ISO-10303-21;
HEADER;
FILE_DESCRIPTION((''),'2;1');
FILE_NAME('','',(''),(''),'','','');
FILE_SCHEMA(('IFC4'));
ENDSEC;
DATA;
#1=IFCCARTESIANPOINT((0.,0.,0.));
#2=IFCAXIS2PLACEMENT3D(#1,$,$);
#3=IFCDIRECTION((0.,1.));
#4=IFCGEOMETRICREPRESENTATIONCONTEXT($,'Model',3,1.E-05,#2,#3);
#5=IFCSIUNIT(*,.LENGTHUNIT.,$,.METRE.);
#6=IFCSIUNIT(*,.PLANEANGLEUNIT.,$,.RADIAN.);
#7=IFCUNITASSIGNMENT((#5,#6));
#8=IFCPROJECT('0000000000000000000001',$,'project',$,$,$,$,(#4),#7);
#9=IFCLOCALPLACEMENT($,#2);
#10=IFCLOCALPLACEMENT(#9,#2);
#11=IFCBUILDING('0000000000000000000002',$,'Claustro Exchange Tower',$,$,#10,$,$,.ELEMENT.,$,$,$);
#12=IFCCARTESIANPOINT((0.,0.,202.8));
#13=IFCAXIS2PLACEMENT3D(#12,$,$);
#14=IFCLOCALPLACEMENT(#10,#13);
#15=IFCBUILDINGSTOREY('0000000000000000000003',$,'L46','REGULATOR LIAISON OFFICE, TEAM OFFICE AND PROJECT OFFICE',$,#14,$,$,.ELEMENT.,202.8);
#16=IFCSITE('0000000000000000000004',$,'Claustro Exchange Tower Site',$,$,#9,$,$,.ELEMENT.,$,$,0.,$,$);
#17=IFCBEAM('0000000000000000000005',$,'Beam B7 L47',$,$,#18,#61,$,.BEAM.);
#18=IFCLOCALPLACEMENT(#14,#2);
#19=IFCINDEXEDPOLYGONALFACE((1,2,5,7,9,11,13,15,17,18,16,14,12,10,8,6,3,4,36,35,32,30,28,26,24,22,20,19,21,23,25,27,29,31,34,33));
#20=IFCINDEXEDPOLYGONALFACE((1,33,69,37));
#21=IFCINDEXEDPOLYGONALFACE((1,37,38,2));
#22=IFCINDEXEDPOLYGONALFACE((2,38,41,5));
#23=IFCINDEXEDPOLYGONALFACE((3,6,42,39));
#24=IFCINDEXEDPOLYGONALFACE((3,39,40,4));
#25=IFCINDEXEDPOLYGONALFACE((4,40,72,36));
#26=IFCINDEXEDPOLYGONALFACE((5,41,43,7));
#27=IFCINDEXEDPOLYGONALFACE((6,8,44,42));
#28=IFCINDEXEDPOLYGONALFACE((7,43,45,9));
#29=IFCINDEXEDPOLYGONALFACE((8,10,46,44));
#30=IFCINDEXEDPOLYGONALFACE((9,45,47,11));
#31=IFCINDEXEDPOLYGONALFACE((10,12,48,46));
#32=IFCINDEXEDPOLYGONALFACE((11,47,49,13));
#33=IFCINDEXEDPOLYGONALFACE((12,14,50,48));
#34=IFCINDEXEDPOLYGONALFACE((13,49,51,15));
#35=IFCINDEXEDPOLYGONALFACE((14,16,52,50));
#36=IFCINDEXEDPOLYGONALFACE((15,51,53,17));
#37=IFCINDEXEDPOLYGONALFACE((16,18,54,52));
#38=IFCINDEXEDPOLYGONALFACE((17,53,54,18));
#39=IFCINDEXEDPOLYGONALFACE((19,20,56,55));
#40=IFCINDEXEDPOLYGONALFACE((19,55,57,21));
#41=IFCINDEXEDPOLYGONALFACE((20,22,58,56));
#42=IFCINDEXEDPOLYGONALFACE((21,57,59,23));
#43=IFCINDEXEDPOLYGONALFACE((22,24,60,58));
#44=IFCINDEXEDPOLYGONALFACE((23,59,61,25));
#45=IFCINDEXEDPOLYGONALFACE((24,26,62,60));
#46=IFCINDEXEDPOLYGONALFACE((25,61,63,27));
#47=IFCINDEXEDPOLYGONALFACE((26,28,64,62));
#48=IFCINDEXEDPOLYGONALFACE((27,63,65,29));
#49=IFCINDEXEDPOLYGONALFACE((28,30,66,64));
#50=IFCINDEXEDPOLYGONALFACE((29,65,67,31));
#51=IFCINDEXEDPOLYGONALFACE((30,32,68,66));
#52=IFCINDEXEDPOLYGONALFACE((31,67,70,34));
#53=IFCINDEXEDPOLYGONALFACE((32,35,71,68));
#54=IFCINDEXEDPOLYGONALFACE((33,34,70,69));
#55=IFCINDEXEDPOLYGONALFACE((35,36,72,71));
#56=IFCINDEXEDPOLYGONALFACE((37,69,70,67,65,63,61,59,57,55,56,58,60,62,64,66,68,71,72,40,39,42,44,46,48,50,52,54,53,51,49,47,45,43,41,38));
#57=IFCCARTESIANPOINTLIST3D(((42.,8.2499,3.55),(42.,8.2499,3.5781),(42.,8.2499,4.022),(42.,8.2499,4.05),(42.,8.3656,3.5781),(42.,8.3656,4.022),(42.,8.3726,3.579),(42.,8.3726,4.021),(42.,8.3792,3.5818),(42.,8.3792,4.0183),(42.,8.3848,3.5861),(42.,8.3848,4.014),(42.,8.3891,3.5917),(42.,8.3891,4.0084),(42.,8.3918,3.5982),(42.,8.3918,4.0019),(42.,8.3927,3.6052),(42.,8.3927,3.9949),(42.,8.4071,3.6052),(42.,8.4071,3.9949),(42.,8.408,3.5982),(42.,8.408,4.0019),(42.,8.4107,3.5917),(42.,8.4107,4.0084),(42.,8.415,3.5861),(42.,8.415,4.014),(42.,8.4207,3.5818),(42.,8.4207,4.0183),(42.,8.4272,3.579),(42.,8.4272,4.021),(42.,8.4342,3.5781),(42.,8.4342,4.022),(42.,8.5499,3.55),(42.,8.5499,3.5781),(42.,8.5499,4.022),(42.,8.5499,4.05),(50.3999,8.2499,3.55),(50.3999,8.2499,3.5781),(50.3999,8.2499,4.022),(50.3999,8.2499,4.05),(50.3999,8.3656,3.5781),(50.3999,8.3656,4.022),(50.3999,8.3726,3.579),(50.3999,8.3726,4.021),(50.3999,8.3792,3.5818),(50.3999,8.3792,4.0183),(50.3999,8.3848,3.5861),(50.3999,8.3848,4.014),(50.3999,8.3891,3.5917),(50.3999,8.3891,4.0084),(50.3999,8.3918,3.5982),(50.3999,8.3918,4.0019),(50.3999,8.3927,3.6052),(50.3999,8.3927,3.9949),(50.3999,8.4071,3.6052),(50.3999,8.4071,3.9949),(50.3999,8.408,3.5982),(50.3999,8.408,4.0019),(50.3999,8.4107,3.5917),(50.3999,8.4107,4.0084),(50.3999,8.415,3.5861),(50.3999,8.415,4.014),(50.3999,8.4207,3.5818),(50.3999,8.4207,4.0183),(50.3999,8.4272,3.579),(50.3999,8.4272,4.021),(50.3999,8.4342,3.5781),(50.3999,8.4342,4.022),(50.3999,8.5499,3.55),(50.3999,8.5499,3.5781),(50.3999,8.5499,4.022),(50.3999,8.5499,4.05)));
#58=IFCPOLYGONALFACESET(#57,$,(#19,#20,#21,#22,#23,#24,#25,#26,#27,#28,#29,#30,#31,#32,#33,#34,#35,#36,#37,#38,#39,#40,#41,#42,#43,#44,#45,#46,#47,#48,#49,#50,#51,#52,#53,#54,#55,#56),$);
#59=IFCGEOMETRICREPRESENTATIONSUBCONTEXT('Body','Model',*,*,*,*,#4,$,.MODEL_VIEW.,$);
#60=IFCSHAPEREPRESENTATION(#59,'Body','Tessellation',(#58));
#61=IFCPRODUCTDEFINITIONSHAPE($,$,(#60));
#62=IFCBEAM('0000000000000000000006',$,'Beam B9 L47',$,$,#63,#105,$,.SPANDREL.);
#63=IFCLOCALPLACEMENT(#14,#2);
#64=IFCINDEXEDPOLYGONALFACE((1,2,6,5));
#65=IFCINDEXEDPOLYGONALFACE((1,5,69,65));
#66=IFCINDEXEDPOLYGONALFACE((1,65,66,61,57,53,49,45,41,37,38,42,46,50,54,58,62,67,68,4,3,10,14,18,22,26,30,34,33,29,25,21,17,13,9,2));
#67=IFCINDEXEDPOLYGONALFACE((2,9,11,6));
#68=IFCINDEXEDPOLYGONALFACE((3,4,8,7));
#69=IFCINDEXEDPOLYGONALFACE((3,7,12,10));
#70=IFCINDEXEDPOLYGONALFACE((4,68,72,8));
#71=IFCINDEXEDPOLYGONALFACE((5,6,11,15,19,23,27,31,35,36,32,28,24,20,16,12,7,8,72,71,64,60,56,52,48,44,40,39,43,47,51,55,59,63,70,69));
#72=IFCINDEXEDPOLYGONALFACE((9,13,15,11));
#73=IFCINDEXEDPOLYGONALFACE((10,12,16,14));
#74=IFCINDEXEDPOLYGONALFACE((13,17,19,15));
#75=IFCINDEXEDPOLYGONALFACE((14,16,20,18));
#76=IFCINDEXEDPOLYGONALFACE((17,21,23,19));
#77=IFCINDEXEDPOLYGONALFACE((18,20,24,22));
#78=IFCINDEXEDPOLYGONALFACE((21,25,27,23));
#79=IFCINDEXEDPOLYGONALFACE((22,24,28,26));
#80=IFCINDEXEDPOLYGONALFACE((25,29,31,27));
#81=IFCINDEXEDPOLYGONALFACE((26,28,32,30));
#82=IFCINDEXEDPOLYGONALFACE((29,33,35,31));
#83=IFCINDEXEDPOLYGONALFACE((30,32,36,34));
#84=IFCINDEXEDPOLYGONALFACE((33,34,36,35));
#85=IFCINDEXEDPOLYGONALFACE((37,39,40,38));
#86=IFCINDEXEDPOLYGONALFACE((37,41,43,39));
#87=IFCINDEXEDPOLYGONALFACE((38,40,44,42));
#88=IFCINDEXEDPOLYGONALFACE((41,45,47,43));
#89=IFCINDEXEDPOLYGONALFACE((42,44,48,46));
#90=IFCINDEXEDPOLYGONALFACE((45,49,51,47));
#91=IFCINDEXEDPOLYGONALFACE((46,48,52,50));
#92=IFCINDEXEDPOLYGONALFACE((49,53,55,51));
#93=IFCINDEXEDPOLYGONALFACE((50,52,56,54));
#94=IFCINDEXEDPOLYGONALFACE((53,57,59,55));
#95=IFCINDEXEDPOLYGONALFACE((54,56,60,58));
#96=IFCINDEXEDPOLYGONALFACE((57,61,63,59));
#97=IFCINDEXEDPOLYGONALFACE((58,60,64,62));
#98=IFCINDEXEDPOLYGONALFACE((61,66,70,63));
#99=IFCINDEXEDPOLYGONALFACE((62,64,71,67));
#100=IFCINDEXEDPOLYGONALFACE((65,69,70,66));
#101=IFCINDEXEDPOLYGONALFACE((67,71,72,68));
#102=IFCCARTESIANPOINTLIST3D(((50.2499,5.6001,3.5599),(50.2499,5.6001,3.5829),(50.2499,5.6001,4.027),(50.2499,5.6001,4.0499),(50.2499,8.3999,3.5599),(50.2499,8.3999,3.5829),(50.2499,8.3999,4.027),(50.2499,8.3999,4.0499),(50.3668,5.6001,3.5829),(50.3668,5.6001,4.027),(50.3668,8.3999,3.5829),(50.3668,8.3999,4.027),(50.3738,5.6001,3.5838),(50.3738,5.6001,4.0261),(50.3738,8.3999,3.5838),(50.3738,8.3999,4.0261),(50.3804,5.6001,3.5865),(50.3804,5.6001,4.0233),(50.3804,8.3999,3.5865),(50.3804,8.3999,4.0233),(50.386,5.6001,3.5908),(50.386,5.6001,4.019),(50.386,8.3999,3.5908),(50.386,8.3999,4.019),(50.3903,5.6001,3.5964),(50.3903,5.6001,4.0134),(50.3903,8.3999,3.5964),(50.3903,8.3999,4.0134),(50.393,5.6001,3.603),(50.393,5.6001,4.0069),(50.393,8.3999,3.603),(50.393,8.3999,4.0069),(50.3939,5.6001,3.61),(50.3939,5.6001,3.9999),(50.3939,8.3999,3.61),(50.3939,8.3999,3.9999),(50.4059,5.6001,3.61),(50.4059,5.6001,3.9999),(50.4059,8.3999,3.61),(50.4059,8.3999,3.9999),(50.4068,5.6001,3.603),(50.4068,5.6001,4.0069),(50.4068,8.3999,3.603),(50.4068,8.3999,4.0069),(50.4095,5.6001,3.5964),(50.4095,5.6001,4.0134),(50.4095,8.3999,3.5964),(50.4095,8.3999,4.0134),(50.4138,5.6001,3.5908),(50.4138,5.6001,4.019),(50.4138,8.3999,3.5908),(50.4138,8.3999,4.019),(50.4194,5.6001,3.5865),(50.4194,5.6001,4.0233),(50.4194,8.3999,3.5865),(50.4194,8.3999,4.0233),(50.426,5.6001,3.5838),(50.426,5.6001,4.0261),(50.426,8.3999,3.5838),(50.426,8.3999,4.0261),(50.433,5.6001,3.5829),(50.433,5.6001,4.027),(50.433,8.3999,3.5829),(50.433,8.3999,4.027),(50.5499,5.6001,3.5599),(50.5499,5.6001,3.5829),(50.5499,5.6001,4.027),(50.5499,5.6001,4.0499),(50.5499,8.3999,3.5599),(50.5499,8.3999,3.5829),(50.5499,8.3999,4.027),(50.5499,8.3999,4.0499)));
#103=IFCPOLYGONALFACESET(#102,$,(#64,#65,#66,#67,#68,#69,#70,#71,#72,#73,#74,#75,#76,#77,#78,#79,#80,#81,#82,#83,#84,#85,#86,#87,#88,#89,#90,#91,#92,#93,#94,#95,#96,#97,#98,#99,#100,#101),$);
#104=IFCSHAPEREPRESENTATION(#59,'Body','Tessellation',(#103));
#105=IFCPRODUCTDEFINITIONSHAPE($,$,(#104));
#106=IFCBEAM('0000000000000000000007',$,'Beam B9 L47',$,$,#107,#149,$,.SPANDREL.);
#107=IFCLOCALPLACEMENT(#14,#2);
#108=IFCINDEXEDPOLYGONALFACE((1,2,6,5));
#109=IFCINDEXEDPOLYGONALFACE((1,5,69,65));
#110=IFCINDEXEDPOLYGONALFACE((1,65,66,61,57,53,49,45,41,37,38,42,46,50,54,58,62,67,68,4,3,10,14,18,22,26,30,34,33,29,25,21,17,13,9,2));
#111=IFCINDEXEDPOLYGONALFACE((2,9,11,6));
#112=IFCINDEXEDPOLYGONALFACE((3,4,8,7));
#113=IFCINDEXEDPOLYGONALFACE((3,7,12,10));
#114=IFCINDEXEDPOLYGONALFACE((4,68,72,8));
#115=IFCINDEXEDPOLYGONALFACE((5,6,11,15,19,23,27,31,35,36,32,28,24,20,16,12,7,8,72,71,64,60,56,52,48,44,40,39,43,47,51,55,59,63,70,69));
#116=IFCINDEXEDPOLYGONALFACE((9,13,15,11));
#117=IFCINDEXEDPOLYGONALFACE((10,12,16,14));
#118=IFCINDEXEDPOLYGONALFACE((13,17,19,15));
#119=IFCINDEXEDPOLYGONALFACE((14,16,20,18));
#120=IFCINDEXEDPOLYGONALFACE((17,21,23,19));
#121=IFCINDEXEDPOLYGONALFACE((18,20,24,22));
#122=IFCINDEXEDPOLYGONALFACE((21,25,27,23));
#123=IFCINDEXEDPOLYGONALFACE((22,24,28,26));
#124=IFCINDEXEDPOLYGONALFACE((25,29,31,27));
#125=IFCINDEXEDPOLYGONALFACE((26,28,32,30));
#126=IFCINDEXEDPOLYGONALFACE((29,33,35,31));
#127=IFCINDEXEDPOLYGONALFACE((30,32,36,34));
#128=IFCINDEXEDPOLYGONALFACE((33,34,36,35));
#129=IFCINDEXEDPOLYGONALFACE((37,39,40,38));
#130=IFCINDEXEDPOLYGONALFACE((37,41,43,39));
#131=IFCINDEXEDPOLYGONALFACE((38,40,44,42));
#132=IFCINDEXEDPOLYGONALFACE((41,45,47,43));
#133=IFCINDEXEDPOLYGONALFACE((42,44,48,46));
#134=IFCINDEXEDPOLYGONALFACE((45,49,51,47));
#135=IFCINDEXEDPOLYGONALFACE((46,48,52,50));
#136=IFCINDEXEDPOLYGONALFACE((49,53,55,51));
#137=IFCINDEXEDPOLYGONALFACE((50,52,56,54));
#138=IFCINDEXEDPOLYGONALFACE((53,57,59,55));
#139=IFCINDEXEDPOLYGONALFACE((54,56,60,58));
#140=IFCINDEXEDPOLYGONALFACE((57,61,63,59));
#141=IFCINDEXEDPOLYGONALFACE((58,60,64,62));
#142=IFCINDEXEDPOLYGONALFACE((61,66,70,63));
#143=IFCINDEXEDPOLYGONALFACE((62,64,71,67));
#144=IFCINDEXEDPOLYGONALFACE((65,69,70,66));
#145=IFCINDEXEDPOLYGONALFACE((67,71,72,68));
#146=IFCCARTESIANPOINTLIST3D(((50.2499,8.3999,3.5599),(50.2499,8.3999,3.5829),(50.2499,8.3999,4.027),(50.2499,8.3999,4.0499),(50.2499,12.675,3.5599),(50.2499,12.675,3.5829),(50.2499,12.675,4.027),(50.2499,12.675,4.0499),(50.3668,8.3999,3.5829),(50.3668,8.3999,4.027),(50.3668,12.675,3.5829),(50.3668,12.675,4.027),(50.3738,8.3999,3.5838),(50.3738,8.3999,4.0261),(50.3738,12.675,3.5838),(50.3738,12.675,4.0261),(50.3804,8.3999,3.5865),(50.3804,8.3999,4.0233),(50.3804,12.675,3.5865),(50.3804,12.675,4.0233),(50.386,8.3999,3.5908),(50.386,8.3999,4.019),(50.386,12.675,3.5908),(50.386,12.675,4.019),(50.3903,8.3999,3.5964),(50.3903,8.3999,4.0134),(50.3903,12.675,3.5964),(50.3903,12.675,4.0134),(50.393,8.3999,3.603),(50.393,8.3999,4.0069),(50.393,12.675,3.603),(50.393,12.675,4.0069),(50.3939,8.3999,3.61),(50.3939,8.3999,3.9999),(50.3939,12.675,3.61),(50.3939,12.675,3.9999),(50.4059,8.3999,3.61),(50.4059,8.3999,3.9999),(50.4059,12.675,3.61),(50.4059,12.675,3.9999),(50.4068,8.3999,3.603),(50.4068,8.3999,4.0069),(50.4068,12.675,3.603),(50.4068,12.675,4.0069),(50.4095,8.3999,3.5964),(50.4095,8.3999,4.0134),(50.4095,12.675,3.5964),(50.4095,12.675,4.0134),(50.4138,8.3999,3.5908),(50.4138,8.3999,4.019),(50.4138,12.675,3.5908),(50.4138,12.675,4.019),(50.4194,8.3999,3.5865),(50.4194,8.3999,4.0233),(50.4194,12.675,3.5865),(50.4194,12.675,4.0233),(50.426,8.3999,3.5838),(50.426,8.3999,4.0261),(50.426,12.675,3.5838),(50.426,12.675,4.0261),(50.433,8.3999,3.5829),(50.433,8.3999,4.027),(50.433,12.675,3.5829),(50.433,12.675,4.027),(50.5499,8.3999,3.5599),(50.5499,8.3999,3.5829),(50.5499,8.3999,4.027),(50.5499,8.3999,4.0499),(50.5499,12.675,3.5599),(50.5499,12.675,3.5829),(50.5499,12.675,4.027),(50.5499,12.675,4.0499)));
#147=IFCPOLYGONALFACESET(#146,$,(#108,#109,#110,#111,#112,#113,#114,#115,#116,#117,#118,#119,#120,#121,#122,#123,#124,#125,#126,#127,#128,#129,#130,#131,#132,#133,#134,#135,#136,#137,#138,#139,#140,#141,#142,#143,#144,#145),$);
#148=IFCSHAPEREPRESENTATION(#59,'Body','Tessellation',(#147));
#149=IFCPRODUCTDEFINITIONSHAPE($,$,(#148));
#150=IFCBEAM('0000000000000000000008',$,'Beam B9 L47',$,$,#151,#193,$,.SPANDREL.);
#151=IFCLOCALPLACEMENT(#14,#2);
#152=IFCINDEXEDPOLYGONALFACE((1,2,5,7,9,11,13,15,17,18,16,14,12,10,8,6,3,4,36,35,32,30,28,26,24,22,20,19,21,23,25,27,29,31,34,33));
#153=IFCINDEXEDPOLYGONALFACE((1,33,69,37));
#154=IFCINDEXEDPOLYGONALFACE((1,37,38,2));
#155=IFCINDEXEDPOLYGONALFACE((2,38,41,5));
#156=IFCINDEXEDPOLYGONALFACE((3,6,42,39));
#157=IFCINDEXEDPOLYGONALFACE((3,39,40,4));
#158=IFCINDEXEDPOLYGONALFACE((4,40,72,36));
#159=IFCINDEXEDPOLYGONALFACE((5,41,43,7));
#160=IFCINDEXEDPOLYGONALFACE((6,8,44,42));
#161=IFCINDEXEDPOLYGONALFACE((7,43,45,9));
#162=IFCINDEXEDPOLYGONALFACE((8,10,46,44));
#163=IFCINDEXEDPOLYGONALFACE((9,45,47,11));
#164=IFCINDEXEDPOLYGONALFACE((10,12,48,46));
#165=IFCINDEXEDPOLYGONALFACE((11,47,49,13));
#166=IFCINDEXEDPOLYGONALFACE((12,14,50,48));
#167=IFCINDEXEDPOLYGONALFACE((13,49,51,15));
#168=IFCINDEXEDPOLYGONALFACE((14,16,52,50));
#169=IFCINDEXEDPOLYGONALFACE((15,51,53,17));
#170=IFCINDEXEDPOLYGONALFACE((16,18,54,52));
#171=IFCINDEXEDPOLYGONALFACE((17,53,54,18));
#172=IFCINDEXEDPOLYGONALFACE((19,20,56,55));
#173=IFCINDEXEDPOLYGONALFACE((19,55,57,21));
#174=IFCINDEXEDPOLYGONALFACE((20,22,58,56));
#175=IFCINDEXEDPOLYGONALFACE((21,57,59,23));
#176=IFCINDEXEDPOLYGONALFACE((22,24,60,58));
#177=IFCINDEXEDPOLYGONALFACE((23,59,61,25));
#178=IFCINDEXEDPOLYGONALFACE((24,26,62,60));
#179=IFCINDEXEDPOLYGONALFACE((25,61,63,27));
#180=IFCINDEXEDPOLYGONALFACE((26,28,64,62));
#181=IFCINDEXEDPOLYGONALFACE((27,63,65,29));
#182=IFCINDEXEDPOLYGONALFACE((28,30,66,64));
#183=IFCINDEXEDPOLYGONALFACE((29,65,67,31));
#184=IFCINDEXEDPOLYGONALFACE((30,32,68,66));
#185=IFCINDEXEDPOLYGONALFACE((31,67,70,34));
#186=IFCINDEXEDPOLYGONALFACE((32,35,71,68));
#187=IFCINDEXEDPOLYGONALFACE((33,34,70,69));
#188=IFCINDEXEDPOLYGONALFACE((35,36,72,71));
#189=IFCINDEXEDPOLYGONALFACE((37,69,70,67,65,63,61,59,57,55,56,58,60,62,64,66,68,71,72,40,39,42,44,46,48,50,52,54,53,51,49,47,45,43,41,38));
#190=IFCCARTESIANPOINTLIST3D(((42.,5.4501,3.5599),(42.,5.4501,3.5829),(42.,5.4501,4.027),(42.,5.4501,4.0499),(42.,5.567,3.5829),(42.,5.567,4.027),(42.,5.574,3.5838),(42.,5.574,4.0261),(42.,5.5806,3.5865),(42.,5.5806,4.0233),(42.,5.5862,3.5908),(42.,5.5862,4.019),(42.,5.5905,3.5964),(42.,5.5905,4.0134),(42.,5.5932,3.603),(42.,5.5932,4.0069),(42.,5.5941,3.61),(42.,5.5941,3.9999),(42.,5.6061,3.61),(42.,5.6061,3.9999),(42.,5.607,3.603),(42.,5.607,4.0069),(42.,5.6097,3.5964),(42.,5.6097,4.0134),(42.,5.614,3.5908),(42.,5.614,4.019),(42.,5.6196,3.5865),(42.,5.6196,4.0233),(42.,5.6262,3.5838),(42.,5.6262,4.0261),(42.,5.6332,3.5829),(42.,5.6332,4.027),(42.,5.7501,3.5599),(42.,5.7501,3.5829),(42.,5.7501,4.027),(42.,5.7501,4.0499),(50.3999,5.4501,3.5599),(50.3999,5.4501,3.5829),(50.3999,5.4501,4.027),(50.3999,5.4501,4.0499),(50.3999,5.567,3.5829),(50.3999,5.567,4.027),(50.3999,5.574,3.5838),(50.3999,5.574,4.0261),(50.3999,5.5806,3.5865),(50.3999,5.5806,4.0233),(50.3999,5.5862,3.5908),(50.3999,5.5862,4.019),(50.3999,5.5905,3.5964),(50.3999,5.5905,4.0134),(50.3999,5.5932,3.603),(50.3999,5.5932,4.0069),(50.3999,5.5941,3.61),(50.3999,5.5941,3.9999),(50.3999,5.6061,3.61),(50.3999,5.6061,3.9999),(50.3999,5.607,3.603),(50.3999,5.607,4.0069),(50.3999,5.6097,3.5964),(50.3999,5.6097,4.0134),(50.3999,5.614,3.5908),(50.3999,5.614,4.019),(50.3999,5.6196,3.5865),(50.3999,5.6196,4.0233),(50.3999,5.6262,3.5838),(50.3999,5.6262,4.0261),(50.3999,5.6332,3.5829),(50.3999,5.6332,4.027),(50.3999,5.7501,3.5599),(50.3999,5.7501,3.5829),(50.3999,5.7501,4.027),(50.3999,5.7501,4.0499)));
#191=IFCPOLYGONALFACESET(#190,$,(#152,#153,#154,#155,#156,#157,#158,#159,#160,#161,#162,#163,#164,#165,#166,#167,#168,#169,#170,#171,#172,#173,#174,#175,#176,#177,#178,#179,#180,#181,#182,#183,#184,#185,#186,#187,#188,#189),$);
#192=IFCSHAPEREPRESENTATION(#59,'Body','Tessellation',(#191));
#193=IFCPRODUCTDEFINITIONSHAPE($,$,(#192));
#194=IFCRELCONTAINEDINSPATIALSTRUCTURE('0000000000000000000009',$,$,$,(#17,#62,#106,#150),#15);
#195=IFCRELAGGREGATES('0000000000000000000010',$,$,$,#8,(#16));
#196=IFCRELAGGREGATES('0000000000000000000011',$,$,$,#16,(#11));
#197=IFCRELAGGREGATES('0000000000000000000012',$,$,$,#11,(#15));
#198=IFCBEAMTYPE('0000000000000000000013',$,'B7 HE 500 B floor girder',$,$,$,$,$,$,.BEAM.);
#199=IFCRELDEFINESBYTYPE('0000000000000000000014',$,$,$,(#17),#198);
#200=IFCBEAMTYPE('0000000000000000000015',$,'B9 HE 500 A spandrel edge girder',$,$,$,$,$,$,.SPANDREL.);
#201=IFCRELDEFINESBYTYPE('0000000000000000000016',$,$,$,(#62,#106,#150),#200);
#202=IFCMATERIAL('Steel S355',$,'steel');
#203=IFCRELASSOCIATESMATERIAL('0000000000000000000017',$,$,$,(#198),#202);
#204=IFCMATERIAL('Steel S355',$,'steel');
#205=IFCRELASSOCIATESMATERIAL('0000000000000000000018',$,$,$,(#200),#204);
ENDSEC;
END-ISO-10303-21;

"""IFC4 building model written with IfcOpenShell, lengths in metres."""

from ifc_helpers import new_model, si_unit, direction, frame, origin, origin_2d, place, context, subcontext, project, spatial, i_section, extrude, material, material_profile, profile_set, type_object, element, save


model = new_model("IFC4")

# Units and contexts
model_context = context("Model", 3, precision=1e-05, world=origin(), true_north=direction((0.0, 1.0)))
body_context = subcontext(model_context, "Body", "Model", "MODEL_VIEW")
ifc_project = project(units=[si_unit("LENGTHUNIT", "METRE"), si_unit("PLANEANGLEUNIT", "RADIAN")], contexts=[model_context])

# Site, building, storey
site_placement = place(None, origin())
site = spatial("IfcSite", under=ifc_project, at=site_placement, Name="Claustro Exchange Tower Site", CompositionType="ELEMENT", RefElevation=0.0)
building_placement = place(site_placement, origin())
building = spatial("IfcBuilding", under=site, at=building_placement, Name="Claustro Exchange Tower", CompositionType="ELEMENT")
storey_placement = place(building_placement, frame((0.0, 0.0, 202.8)))
storey = spatial("IfcBuildingStorey", under=building, at=storey_placement, Name="L46", Description="REGULATOR LIAISON OFFICE, TEAM OFFICE AND PROJECT OFFICE", CompositionType="ELEMENT", Elevation=202.8)

# Beams
ifc_material_1 = material(Name="Steel S355", Category="steel")
ifc_material_profile_1 = material_profile(ifc_material_1, i_section(OverallWidth=0.3, OverallDepth=0.5, WebThickness=0.0144, FlangeThickness=0.0281, FilletRadius=0.0271, at=origin_2d()), Name="HE 500 B")
ifc_profile_set_1 = profile_set([ifc_material_profile_1], Name="Steel S355")
beam_type_1 = type_object("IfcBeamType", Name="B7 HE 500 B floor girder", PredefinedType="BEAM", material=ifc_profile_set_1)
beam_1_placement = place(storey_placement, frame((42.0, 8.3999, 3.8), z_axis=(1.0, 0.0, 0.0), x_axis=(0.0, 1.0, 0.0)))
element("IfcBeam", 1, at=beam_1_placement, inside=storey, type_object=beam_type_1, Name="Beam B7 L47", PredefinedType="BEAM", context=body_context, shape_type="SweptSolid", body=[
    extrude(i_section(OverallWidth=0.3, OverallDepth=0.5, WebThickness=0.0144, FlangeThickness=0.0281, FilletRadius=0.0271, at=origin_2d()), origin(), (0.0, 0.0, 1.0), 8.3999),
])
ifc_material_2 = material(Name="Steel S355", Category="steel")
ifc_material_profile_2 = material_profile(ifc_material_2, i_section(OverallWidth=0.3, OverallDepth=0.49, WebThickness=0.012, FlangeThickness=0.0229, FilletRadius=0.0271, at=origin_2d()), Name="HE 500 A")
ifc_profile_set_2 = profile_set([ifc_material_profile_2], Name="Steel S355")
beam_type_2 = type_object("IfcBeamType", Name="B9 HE 500 A spandrel edge girder", PredefinedType="SPANDREL", material=ifc_profile_set_2)
beam_2_placement = place(storey_placement, frame((50.3999, 5.6001, 3.8049), z_axis=(0.0, 1.0, 0.0), x_axis=(-1.0, 0.0, 0.0)))
element("IfcBeam", 2, at=beam_2_placement, inside=storey, type_object=beam_type_2, Name="Beam B9 L47", PredefinedType="SPANDREL", context=body_context, shape_type="SweptSolid", body=[
    extrude(i_section(OverallWidth=0.3, OverallDepth=0.49, WebThickness=0.012, FlangeThickness=0.0229, FilletRadius=0.0271, at=origin_2d()), origin(), (0.0, 0.0, 1.0), 2.7998),
])
beam_3_placement = place(storey_placement, frame((50.3999, 8.3999, 3.8049), z_axis=(0.0, 1.0, 0.0), x_axis=(-1.0, 0.0, 0.0)))
element("IfcBeam", 3, at=beam_3_placement, inside=storey, type_object=beam_type_2, Name="Beam B9 L47", PredefinedType="SPANDREL", context=body_context, shape_type="SweptSolid", body=[
    extrude(i_section(OverallWidth=0.3, OverallDepth=0.49, WebThickness=0.012, FlangeThickness=0.0229, FilletRadius=0.0271, at=origin_2d()), origin(), (0.0, 0.0, 1.0), 4.2751),
])
beam_4_placement = place(storey_placement, frame((42.0, 5.6001, 3.8049), z_axis=(1.0, 0.0, 0.0), x_axis=(0.0, 1.0, 0.0)))
element("IfcBeam", 4, at=beam_4_placement, inside=storey, type_object=beam_type_2, Name="Beam B9 L47", PredefinedType="SPANDREL", context=body_context, shape_type="SweptSolid", body=[
    extrude(i_section(OverallWidth=0.3, OverallDepth=0.49, WebThickness=0.012, FlangeThickness=0.0229, FilletRadius=0.0271, at=origin_2d()), origin(), (0.0, 0.0, 1.0), 8.3999),
])

save(model, "model.ifc")
